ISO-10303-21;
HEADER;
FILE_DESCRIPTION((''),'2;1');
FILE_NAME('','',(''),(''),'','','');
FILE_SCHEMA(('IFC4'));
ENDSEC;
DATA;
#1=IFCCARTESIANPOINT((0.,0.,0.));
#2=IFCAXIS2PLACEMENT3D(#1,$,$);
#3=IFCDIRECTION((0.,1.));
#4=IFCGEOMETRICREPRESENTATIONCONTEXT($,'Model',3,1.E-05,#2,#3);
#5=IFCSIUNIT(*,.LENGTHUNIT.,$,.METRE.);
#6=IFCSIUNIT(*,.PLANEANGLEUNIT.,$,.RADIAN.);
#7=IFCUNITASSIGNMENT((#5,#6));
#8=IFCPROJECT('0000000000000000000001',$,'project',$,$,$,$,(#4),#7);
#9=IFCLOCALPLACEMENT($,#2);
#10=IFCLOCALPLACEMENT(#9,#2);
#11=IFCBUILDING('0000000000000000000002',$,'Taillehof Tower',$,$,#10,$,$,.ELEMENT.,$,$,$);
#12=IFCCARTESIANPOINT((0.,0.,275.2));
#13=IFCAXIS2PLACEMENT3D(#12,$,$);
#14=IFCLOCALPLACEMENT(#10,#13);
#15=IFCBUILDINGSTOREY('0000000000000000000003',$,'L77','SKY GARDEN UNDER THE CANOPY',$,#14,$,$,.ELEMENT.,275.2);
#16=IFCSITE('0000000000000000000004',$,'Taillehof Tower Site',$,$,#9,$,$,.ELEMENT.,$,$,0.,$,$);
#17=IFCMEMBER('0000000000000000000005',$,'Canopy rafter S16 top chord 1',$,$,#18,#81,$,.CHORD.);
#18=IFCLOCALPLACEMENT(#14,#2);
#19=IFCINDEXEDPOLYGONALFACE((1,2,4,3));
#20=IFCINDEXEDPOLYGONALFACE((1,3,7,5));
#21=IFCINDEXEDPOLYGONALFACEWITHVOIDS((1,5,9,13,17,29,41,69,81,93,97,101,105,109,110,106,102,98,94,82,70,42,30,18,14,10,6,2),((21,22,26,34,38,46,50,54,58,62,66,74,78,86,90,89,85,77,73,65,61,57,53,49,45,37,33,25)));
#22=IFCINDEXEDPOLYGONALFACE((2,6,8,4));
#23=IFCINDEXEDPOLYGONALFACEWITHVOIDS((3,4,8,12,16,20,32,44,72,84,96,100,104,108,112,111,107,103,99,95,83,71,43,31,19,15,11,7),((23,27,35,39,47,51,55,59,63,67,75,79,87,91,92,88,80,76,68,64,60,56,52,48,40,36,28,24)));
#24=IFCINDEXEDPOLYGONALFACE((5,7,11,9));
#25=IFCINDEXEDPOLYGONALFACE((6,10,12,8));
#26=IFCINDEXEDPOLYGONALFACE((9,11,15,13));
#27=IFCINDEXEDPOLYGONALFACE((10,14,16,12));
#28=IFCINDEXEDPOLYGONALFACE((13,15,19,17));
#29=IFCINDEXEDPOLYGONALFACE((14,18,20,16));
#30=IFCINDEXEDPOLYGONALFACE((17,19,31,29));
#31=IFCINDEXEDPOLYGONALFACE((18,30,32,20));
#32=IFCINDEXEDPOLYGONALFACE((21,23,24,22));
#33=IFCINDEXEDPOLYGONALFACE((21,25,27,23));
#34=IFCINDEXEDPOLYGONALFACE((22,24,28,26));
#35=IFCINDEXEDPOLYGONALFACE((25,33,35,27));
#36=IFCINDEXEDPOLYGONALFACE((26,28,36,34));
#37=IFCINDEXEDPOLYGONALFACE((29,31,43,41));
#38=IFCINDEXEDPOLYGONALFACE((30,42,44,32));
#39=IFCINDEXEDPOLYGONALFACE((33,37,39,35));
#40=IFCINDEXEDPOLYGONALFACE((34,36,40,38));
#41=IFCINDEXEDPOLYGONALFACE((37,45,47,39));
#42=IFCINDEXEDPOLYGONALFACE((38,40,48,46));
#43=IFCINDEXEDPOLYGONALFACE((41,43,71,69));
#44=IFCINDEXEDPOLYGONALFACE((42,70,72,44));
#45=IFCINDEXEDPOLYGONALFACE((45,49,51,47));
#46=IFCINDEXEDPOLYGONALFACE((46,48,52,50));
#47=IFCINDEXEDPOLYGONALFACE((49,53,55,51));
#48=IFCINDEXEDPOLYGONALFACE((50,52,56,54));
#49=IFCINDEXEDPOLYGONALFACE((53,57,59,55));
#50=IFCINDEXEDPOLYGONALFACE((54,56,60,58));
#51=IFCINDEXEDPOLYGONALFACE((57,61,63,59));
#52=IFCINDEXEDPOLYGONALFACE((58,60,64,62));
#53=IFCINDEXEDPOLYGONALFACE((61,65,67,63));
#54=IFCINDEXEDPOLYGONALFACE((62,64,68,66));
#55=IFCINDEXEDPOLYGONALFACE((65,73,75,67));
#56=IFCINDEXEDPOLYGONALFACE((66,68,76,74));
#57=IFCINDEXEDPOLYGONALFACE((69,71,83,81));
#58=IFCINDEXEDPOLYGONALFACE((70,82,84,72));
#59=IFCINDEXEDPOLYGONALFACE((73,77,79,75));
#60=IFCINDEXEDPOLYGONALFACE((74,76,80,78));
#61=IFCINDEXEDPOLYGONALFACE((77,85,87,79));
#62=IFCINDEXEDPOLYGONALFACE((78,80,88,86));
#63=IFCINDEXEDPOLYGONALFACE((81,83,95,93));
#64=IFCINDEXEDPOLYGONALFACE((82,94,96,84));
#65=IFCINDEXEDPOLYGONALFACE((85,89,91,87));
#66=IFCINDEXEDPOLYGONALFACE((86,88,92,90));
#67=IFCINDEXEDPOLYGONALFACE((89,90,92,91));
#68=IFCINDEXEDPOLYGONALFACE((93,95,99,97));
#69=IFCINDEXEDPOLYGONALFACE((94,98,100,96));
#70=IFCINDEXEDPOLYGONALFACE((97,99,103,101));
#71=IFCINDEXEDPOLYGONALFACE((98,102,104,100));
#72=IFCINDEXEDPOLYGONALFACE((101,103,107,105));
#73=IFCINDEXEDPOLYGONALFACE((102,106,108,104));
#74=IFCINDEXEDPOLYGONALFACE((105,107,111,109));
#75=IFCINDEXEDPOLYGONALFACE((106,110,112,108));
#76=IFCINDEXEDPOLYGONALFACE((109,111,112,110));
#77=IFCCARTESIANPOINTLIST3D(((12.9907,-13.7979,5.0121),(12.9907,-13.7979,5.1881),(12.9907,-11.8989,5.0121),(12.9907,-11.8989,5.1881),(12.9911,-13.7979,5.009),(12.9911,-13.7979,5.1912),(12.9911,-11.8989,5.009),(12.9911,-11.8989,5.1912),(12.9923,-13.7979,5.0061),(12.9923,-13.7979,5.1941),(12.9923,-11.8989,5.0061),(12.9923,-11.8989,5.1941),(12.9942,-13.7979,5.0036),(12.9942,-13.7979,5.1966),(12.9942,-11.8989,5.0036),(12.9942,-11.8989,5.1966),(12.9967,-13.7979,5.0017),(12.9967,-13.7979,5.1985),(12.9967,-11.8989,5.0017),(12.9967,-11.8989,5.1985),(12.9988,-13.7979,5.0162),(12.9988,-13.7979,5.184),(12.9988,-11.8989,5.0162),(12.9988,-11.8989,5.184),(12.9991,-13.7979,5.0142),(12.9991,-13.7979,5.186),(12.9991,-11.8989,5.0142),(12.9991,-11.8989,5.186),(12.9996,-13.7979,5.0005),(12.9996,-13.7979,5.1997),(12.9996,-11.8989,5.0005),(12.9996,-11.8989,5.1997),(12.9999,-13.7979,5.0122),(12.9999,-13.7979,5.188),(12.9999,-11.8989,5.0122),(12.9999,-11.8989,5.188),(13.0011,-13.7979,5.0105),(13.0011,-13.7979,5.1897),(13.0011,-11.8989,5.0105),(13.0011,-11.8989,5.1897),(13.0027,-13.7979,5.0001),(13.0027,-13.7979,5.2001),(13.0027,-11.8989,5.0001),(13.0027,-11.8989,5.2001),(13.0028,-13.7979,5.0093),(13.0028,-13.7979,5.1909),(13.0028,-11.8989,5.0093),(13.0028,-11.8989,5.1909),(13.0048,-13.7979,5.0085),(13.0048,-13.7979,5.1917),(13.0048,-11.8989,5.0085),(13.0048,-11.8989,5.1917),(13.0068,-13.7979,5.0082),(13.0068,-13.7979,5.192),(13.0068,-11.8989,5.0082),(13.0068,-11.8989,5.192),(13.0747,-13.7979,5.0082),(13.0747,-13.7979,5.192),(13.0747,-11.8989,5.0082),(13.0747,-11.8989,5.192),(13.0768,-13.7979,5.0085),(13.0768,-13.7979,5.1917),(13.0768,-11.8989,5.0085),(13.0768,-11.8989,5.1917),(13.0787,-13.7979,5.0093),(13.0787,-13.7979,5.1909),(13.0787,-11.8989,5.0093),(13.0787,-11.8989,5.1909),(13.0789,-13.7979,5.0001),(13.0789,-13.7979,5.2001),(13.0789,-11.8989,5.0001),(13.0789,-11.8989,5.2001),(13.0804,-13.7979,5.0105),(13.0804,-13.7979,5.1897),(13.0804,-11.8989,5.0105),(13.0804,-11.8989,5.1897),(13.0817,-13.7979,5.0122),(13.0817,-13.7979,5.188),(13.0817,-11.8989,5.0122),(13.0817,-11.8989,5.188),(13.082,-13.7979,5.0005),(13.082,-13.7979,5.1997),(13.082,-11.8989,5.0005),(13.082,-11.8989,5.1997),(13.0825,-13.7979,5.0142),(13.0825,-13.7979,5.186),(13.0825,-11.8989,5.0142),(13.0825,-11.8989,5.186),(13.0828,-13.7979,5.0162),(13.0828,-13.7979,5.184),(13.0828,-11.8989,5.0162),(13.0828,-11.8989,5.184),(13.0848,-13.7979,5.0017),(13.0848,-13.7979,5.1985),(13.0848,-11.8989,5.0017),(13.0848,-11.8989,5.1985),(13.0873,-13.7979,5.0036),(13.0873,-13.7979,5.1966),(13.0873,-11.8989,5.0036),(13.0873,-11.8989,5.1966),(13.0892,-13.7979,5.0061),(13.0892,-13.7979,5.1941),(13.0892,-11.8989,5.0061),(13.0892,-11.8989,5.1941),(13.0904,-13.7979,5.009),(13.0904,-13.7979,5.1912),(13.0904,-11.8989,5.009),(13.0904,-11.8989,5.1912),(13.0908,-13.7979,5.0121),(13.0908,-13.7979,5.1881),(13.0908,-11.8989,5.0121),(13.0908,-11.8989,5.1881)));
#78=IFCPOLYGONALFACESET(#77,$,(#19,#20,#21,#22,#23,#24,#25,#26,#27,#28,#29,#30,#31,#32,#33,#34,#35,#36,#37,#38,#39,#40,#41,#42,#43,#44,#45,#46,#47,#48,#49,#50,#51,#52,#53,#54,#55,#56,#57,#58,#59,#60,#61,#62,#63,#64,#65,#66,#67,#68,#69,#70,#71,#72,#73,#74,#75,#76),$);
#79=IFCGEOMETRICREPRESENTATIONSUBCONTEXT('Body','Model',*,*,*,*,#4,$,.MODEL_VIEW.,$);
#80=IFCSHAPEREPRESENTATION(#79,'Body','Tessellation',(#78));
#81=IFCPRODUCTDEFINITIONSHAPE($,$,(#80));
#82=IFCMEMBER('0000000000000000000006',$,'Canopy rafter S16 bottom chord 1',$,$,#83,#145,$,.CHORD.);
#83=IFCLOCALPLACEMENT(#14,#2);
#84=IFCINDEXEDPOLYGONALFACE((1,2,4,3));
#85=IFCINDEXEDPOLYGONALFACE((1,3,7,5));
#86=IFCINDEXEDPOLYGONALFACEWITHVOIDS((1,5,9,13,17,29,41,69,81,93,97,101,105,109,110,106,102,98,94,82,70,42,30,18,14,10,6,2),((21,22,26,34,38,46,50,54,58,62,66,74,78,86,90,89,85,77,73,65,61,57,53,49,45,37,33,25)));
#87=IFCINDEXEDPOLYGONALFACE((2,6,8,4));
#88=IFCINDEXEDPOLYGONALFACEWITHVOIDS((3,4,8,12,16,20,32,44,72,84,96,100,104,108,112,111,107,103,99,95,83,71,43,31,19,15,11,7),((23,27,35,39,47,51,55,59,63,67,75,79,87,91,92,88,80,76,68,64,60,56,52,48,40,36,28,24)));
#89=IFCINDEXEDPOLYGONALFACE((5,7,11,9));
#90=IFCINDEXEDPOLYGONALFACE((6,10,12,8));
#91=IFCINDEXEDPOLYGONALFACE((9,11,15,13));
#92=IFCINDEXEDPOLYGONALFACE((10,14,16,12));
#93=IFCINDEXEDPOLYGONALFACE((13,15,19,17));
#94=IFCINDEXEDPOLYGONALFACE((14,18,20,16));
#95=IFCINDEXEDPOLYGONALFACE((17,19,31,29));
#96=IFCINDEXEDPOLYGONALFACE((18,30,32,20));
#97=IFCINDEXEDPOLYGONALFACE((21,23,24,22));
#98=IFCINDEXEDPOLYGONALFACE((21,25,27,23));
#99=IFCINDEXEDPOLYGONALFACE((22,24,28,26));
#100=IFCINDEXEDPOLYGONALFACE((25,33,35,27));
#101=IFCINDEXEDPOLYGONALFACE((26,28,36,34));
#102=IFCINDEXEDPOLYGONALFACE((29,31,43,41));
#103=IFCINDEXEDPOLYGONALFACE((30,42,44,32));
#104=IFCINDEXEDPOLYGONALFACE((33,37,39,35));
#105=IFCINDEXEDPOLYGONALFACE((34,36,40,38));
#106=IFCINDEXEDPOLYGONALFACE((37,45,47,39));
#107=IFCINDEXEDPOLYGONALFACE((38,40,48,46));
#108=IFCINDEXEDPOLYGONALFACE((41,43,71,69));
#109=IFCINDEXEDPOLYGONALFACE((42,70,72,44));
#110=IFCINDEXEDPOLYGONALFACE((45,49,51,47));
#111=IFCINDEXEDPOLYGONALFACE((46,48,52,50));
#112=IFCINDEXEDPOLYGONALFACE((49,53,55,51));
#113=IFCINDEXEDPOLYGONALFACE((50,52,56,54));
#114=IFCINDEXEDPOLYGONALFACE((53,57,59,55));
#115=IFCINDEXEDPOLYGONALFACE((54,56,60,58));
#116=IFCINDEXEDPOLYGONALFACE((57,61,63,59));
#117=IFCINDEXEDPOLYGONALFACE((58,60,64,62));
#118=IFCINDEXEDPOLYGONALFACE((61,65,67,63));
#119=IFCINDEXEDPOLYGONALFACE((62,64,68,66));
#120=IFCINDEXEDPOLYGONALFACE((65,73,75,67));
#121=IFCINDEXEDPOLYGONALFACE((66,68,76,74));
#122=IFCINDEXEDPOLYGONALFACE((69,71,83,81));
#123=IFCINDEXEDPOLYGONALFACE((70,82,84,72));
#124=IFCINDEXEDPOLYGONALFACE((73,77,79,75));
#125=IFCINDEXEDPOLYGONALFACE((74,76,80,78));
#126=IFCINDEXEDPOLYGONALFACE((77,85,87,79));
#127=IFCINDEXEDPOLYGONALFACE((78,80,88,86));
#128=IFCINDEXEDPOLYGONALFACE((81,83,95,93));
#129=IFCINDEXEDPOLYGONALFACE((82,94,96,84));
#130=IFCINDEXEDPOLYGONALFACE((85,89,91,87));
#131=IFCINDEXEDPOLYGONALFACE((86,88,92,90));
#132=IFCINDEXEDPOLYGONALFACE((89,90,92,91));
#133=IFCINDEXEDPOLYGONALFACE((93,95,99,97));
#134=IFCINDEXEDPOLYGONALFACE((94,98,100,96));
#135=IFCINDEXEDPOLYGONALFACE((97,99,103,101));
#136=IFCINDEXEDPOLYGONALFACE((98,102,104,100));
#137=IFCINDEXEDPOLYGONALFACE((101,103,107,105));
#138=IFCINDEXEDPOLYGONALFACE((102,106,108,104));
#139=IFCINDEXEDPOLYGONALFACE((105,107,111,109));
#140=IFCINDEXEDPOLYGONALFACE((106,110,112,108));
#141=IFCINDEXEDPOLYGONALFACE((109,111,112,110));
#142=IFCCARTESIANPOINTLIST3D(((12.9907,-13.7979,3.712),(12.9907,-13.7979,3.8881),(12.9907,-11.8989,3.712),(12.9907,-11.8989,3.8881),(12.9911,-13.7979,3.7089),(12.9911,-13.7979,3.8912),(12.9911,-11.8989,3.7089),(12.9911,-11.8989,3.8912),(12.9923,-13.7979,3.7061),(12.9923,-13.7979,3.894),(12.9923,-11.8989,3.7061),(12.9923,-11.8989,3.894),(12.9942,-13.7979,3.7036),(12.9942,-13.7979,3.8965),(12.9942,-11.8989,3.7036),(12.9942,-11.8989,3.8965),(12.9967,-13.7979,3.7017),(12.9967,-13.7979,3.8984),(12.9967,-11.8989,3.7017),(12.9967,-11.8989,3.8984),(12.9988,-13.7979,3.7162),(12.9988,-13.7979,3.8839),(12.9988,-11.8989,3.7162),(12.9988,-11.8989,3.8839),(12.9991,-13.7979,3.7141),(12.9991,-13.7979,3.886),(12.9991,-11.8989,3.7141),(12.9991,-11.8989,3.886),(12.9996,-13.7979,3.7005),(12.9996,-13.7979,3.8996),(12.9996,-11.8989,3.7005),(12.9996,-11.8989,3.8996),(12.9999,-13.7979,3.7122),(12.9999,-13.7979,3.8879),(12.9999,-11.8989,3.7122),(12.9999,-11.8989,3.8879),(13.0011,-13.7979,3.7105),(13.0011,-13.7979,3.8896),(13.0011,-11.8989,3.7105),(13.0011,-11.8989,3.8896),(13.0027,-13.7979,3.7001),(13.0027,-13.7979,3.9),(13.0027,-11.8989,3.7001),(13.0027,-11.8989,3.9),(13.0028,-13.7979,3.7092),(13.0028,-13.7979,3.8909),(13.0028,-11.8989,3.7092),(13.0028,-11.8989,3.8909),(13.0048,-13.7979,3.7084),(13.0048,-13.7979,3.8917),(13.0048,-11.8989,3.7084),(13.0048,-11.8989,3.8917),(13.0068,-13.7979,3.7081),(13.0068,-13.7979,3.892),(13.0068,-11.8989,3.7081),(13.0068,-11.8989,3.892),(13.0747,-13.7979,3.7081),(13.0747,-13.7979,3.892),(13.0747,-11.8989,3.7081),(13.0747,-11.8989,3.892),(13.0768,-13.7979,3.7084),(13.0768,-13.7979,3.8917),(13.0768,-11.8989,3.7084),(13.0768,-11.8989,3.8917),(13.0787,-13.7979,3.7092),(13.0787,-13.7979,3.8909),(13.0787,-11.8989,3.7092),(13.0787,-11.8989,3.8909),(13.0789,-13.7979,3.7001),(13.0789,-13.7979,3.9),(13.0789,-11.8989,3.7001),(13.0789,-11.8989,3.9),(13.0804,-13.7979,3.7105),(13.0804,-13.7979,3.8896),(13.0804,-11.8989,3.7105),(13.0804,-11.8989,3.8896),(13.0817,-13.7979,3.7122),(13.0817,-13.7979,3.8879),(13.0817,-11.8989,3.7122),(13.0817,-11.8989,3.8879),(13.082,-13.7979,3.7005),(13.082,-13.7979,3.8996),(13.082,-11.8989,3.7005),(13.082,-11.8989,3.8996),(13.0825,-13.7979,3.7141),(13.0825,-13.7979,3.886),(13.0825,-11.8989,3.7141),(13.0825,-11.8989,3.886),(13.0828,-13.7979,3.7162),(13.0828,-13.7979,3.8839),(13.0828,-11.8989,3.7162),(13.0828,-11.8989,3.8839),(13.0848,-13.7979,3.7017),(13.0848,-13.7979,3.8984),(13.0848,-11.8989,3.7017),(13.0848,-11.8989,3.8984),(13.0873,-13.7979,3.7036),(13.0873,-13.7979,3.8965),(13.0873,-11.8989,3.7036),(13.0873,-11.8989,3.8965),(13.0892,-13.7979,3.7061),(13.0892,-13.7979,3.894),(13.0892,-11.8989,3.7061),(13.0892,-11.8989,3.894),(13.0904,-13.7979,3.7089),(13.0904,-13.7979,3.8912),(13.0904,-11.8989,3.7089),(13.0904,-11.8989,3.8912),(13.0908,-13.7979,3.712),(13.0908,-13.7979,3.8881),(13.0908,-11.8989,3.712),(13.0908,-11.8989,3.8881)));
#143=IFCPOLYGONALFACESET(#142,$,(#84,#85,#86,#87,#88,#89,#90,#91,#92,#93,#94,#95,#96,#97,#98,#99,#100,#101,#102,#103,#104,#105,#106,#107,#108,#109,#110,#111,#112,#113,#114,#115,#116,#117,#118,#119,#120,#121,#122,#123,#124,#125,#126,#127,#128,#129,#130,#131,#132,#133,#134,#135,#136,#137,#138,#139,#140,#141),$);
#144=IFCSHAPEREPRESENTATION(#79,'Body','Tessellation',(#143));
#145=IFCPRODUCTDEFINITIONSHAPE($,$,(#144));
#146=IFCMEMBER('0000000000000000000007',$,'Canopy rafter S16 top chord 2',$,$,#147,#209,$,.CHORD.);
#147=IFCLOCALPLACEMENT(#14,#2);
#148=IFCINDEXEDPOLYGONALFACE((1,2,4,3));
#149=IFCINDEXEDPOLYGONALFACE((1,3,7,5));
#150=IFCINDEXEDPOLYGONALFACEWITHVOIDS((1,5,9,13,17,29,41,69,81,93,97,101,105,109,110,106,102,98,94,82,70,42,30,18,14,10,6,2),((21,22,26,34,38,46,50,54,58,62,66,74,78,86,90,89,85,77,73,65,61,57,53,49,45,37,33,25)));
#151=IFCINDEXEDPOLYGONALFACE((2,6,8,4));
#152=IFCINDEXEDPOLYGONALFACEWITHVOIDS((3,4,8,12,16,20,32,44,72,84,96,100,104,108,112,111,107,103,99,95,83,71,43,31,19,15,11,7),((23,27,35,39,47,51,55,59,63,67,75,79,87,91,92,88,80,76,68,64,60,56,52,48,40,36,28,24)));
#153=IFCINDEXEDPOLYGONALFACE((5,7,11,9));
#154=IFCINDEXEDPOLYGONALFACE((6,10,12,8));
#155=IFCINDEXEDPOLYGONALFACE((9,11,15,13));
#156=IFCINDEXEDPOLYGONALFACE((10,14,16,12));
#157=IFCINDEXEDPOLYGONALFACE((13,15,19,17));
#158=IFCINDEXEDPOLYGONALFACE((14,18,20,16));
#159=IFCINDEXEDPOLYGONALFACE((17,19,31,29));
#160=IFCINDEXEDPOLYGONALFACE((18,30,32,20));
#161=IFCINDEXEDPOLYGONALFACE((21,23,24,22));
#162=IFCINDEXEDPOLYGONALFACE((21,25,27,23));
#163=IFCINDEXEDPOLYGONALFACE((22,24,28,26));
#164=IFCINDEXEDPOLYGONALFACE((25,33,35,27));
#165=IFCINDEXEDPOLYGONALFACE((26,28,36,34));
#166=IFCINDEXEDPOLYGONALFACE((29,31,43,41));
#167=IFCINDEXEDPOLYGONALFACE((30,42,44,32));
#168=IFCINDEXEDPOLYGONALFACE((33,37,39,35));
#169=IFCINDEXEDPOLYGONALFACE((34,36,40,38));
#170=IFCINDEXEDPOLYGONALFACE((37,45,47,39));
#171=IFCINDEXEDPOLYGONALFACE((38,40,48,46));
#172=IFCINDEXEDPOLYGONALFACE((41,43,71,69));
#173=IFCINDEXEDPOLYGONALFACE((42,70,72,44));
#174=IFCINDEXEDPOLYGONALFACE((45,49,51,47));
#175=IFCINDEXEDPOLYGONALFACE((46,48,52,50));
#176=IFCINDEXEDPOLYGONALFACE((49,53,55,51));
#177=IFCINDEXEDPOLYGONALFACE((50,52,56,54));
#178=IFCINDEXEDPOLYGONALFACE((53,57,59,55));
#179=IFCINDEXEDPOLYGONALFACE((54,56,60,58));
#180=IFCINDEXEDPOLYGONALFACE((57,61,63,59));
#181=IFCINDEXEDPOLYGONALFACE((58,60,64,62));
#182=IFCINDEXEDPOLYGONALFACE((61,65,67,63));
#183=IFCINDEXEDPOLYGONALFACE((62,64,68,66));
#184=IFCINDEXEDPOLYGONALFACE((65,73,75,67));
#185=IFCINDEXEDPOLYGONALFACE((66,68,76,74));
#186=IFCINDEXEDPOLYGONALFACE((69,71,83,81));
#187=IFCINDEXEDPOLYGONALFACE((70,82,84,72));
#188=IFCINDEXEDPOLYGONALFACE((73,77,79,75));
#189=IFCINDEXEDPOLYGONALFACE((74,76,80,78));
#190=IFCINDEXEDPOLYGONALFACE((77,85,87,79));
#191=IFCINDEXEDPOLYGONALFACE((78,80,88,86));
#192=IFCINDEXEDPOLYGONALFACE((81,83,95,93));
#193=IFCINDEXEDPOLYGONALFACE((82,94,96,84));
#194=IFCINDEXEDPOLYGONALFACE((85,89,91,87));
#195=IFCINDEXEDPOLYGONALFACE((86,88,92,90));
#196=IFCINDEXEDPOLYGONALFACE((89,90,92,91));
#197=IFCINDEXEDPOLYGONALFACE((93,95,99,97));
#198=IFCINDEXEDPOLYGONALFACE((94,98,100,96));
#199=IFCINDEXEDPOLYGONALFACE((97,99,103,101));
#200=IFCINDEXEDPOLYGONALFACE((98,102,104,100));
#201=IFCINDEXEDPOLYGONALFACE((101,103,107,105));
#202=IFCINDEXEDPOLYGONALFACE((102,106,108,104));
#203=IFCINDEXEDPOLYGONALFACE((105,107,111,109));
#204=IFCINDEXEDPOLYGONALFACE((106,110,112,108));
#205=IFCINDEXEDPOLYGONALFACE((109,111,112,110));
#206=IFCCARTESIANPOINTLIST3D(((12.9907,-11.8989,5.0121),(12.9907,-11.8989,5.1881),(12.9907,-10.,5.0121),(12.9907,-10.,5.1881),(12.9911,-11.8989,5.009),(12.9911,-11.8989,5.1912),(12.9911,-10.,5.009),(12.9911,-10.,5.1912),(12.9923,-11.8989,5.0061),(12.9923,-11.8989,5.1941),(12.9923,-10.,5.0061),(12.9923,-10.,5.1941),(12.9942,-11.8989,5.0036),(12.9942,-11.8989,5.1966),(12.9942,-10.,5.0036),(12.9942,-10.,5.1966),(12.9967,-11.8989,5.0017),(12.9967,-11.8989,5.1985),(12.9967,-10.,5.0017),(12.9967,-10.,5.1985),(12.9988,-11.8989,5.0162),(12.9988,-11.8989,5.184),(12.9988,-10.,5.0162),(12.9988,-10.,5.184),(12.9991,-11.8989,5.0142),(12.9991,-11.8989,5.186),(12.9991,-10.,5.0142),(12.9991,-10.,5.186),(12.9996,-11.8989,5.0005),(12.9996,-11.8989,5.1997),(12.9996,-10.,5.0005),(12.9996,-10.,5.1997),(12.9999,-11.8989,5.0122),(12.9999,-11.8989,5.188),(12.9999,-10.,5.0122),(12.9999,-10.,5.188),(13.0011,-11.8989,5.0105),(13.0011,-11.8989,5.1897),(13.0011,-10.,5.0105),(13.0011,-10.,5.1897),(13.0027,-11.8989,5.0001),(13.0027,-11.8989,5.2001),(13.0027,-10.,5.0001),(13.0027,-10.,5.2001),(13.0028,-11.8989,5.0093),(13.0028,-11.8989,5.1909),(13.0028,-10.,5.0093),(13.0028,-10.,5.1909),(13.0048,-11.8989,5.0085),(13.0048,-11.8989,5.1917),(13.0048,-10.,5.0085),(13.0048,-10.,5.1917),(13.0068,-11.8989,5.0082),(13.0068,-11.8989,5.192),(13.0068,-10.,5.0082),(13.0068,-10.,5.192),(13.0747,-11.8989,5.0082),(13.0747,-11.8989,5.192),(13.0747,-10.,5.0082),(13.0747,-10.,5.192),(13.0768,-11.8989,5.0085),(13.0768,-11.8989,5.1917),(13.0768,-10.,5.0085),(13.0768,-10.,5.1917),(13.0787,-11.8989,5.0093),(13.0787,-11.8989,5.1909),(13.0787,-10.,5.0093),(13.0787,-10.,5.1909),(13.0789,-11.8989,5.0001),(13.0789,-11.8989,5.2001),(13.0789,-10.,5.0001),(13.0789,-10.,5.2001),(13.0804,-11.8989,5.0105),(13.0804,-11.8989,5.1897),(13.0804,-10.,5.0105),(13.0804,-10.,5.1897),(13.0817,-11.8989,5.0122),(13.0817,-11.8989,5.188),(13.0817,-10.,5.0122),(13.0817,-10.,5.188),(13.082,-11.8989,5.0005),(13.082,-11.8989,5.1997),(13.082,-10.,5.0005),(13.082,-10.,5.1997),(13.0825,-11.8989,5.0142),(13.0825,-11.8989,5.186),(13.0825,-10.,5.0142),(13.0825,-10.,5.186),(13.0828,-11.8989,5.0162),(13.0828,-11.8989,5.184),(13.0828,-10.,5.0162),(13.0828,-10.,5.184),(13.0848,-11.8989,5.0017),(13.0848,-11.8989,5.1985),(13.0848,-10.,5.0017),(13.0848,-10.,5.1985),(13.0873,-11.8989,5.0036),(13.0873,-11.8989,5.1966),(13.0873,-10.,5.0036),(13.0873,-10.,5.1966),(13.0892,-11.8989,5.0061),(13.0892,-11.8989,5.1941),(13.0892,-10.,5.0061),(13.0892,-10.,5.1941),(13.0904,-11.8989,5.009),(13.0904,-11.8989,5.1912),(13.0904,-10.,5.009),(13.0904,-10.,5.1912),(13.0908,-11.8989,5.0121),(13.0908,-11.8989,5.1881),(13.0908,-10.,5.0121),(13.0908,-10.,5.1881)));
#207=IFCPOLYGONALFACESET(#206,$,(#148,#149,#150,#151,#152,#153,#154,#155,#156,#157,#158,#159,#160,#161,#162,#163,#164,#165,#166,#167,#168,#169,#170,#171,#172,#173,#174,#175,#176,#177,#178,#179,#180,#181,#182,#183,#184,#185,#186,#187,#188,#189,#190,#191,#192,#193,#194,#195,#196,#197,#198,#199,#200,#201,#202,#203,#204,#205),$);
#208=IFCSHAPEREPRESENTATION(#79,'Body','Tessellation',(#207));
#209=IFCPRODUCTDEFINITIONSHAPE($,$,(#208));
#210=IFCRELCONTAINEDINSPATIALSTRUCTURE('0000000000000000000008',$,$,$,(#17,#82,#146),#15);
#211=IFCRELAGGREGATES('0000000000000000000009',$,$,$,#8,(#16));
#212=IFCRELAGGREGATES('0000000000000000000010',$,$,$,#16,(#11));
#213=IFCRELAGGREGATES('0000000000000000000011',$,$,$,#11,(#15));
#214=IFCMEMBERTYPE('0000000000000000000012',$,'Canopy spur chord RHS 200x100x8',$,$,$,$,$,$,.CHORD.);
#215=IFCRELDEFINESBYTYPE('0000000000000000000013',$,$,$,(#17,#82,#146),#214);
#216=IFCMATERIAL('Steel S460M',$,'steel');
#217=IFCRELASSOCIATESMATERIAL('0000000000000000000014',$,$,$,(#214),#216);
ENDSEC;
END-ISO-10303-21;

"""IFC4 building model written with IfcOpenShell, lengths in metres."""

from ifc_helpers import new_model, si_unit, direction, frame, origin, origin_2d, place, context, subcontext, project, spatial, hollow_rectangle, extrude, material, material_profile, profile_set, type_object, element, save


model = new_model("IFC4")

# Units and contexts
model_context = context("Model", 3, precision=1e-05, world=origin(), true_north=direction((0.0, 1.0)))
body_context = subcontext(model_context, "Body", "Model", "MODEL_VIEW")
ifc_project = project(units=[si_unit("LENGTHUNIT", "METRE"), si_unit("PLANEANGLEUNIT", "RADIAN")], contexts=[model_context])

# Site, building, storey
site_placement = place(None, origin())
site = spatial("IfcSite", under=ifc_project, at=site_placement, Name="Taillehof Tower Site", CompositionType="ELEMENT", RefElevation=0.0)
building_placement = place(site_placement, origin())
building = spatial("IfcBuilding", under=site, at=building_placement, Name="Taillehof Tower", CompositionType="ELEMENT")
storey_placement = place(building_placement, frame((0.0, 0.0, 275.2)))
storey = spatial("IfcBuildingStorey", under=building, at=storey_placement, Name="L77", Description="SKY GARDEN UNDER THE CANOPY", CompositionType="ELEMENT", Elevation=275.2)

# Members
ifc_material_1 = material(Name="Steel S460M", Category="steel")
ifc_material_profile_1 = material_profile(ifc_material_1, hollow_rectangle(XDim=0.1001, YDim=0.2, WallThickness=0.0081, InnerFilletRadius=0.0081, OuterFilletRadius=0.012, at=origin_2d()), Name="RHS 200x100x8")
ifc_profile_set_1 = profile_set([ifc_material_profile_1], Name="Steel S460M")
member_type_1 = type_object("IfcMemberType", Name="Canopy spur chord RHS 200x100x8", PredefinedType="CHORD", material=ifc_profile_set_1)
for number, where, z_axis, x_axis, name in (
    (1, (13.0408, -13.7979, 5.1001), (0.0, 1.0, 0.0), (-1.0, 0.0, 0.0), "Canopy rafter S16 top chord 1"),
    (2, (13.0408, -13.7979, 3.8), (0.0, 1.0, 0.0), (-1.0, 0.0, 0.0), "Canopy rafter S16 bottom chord 1"),
    (3, (13.0408, -11.8989, 5.1001), (0.0, 1.0, 0.0), (-1.0, 0.0, 0.0), "Canopy rafter S16 top chord 2"),
):
    element("IfcMember", number, at=place(storey_placement, frame(where, z_axis=z_axis, x_axis=x_axis)), inside=storey, type_object=member_type_1, Name=name, PredefinedType="CHORD", context=body_context, shape_type="SweptSolid", body=[
        extrude(hollow_rectangle(XDim=0.1001, YDim=0.2, WallThickness=0.0081, InnerFilletRadius=0.0081, OuterFilletRadius=0.012, at=origin_2d()), origin(), (0.0, 0.0, 1.0), 1.8989),
    ])

save(model, "model.ifc")
